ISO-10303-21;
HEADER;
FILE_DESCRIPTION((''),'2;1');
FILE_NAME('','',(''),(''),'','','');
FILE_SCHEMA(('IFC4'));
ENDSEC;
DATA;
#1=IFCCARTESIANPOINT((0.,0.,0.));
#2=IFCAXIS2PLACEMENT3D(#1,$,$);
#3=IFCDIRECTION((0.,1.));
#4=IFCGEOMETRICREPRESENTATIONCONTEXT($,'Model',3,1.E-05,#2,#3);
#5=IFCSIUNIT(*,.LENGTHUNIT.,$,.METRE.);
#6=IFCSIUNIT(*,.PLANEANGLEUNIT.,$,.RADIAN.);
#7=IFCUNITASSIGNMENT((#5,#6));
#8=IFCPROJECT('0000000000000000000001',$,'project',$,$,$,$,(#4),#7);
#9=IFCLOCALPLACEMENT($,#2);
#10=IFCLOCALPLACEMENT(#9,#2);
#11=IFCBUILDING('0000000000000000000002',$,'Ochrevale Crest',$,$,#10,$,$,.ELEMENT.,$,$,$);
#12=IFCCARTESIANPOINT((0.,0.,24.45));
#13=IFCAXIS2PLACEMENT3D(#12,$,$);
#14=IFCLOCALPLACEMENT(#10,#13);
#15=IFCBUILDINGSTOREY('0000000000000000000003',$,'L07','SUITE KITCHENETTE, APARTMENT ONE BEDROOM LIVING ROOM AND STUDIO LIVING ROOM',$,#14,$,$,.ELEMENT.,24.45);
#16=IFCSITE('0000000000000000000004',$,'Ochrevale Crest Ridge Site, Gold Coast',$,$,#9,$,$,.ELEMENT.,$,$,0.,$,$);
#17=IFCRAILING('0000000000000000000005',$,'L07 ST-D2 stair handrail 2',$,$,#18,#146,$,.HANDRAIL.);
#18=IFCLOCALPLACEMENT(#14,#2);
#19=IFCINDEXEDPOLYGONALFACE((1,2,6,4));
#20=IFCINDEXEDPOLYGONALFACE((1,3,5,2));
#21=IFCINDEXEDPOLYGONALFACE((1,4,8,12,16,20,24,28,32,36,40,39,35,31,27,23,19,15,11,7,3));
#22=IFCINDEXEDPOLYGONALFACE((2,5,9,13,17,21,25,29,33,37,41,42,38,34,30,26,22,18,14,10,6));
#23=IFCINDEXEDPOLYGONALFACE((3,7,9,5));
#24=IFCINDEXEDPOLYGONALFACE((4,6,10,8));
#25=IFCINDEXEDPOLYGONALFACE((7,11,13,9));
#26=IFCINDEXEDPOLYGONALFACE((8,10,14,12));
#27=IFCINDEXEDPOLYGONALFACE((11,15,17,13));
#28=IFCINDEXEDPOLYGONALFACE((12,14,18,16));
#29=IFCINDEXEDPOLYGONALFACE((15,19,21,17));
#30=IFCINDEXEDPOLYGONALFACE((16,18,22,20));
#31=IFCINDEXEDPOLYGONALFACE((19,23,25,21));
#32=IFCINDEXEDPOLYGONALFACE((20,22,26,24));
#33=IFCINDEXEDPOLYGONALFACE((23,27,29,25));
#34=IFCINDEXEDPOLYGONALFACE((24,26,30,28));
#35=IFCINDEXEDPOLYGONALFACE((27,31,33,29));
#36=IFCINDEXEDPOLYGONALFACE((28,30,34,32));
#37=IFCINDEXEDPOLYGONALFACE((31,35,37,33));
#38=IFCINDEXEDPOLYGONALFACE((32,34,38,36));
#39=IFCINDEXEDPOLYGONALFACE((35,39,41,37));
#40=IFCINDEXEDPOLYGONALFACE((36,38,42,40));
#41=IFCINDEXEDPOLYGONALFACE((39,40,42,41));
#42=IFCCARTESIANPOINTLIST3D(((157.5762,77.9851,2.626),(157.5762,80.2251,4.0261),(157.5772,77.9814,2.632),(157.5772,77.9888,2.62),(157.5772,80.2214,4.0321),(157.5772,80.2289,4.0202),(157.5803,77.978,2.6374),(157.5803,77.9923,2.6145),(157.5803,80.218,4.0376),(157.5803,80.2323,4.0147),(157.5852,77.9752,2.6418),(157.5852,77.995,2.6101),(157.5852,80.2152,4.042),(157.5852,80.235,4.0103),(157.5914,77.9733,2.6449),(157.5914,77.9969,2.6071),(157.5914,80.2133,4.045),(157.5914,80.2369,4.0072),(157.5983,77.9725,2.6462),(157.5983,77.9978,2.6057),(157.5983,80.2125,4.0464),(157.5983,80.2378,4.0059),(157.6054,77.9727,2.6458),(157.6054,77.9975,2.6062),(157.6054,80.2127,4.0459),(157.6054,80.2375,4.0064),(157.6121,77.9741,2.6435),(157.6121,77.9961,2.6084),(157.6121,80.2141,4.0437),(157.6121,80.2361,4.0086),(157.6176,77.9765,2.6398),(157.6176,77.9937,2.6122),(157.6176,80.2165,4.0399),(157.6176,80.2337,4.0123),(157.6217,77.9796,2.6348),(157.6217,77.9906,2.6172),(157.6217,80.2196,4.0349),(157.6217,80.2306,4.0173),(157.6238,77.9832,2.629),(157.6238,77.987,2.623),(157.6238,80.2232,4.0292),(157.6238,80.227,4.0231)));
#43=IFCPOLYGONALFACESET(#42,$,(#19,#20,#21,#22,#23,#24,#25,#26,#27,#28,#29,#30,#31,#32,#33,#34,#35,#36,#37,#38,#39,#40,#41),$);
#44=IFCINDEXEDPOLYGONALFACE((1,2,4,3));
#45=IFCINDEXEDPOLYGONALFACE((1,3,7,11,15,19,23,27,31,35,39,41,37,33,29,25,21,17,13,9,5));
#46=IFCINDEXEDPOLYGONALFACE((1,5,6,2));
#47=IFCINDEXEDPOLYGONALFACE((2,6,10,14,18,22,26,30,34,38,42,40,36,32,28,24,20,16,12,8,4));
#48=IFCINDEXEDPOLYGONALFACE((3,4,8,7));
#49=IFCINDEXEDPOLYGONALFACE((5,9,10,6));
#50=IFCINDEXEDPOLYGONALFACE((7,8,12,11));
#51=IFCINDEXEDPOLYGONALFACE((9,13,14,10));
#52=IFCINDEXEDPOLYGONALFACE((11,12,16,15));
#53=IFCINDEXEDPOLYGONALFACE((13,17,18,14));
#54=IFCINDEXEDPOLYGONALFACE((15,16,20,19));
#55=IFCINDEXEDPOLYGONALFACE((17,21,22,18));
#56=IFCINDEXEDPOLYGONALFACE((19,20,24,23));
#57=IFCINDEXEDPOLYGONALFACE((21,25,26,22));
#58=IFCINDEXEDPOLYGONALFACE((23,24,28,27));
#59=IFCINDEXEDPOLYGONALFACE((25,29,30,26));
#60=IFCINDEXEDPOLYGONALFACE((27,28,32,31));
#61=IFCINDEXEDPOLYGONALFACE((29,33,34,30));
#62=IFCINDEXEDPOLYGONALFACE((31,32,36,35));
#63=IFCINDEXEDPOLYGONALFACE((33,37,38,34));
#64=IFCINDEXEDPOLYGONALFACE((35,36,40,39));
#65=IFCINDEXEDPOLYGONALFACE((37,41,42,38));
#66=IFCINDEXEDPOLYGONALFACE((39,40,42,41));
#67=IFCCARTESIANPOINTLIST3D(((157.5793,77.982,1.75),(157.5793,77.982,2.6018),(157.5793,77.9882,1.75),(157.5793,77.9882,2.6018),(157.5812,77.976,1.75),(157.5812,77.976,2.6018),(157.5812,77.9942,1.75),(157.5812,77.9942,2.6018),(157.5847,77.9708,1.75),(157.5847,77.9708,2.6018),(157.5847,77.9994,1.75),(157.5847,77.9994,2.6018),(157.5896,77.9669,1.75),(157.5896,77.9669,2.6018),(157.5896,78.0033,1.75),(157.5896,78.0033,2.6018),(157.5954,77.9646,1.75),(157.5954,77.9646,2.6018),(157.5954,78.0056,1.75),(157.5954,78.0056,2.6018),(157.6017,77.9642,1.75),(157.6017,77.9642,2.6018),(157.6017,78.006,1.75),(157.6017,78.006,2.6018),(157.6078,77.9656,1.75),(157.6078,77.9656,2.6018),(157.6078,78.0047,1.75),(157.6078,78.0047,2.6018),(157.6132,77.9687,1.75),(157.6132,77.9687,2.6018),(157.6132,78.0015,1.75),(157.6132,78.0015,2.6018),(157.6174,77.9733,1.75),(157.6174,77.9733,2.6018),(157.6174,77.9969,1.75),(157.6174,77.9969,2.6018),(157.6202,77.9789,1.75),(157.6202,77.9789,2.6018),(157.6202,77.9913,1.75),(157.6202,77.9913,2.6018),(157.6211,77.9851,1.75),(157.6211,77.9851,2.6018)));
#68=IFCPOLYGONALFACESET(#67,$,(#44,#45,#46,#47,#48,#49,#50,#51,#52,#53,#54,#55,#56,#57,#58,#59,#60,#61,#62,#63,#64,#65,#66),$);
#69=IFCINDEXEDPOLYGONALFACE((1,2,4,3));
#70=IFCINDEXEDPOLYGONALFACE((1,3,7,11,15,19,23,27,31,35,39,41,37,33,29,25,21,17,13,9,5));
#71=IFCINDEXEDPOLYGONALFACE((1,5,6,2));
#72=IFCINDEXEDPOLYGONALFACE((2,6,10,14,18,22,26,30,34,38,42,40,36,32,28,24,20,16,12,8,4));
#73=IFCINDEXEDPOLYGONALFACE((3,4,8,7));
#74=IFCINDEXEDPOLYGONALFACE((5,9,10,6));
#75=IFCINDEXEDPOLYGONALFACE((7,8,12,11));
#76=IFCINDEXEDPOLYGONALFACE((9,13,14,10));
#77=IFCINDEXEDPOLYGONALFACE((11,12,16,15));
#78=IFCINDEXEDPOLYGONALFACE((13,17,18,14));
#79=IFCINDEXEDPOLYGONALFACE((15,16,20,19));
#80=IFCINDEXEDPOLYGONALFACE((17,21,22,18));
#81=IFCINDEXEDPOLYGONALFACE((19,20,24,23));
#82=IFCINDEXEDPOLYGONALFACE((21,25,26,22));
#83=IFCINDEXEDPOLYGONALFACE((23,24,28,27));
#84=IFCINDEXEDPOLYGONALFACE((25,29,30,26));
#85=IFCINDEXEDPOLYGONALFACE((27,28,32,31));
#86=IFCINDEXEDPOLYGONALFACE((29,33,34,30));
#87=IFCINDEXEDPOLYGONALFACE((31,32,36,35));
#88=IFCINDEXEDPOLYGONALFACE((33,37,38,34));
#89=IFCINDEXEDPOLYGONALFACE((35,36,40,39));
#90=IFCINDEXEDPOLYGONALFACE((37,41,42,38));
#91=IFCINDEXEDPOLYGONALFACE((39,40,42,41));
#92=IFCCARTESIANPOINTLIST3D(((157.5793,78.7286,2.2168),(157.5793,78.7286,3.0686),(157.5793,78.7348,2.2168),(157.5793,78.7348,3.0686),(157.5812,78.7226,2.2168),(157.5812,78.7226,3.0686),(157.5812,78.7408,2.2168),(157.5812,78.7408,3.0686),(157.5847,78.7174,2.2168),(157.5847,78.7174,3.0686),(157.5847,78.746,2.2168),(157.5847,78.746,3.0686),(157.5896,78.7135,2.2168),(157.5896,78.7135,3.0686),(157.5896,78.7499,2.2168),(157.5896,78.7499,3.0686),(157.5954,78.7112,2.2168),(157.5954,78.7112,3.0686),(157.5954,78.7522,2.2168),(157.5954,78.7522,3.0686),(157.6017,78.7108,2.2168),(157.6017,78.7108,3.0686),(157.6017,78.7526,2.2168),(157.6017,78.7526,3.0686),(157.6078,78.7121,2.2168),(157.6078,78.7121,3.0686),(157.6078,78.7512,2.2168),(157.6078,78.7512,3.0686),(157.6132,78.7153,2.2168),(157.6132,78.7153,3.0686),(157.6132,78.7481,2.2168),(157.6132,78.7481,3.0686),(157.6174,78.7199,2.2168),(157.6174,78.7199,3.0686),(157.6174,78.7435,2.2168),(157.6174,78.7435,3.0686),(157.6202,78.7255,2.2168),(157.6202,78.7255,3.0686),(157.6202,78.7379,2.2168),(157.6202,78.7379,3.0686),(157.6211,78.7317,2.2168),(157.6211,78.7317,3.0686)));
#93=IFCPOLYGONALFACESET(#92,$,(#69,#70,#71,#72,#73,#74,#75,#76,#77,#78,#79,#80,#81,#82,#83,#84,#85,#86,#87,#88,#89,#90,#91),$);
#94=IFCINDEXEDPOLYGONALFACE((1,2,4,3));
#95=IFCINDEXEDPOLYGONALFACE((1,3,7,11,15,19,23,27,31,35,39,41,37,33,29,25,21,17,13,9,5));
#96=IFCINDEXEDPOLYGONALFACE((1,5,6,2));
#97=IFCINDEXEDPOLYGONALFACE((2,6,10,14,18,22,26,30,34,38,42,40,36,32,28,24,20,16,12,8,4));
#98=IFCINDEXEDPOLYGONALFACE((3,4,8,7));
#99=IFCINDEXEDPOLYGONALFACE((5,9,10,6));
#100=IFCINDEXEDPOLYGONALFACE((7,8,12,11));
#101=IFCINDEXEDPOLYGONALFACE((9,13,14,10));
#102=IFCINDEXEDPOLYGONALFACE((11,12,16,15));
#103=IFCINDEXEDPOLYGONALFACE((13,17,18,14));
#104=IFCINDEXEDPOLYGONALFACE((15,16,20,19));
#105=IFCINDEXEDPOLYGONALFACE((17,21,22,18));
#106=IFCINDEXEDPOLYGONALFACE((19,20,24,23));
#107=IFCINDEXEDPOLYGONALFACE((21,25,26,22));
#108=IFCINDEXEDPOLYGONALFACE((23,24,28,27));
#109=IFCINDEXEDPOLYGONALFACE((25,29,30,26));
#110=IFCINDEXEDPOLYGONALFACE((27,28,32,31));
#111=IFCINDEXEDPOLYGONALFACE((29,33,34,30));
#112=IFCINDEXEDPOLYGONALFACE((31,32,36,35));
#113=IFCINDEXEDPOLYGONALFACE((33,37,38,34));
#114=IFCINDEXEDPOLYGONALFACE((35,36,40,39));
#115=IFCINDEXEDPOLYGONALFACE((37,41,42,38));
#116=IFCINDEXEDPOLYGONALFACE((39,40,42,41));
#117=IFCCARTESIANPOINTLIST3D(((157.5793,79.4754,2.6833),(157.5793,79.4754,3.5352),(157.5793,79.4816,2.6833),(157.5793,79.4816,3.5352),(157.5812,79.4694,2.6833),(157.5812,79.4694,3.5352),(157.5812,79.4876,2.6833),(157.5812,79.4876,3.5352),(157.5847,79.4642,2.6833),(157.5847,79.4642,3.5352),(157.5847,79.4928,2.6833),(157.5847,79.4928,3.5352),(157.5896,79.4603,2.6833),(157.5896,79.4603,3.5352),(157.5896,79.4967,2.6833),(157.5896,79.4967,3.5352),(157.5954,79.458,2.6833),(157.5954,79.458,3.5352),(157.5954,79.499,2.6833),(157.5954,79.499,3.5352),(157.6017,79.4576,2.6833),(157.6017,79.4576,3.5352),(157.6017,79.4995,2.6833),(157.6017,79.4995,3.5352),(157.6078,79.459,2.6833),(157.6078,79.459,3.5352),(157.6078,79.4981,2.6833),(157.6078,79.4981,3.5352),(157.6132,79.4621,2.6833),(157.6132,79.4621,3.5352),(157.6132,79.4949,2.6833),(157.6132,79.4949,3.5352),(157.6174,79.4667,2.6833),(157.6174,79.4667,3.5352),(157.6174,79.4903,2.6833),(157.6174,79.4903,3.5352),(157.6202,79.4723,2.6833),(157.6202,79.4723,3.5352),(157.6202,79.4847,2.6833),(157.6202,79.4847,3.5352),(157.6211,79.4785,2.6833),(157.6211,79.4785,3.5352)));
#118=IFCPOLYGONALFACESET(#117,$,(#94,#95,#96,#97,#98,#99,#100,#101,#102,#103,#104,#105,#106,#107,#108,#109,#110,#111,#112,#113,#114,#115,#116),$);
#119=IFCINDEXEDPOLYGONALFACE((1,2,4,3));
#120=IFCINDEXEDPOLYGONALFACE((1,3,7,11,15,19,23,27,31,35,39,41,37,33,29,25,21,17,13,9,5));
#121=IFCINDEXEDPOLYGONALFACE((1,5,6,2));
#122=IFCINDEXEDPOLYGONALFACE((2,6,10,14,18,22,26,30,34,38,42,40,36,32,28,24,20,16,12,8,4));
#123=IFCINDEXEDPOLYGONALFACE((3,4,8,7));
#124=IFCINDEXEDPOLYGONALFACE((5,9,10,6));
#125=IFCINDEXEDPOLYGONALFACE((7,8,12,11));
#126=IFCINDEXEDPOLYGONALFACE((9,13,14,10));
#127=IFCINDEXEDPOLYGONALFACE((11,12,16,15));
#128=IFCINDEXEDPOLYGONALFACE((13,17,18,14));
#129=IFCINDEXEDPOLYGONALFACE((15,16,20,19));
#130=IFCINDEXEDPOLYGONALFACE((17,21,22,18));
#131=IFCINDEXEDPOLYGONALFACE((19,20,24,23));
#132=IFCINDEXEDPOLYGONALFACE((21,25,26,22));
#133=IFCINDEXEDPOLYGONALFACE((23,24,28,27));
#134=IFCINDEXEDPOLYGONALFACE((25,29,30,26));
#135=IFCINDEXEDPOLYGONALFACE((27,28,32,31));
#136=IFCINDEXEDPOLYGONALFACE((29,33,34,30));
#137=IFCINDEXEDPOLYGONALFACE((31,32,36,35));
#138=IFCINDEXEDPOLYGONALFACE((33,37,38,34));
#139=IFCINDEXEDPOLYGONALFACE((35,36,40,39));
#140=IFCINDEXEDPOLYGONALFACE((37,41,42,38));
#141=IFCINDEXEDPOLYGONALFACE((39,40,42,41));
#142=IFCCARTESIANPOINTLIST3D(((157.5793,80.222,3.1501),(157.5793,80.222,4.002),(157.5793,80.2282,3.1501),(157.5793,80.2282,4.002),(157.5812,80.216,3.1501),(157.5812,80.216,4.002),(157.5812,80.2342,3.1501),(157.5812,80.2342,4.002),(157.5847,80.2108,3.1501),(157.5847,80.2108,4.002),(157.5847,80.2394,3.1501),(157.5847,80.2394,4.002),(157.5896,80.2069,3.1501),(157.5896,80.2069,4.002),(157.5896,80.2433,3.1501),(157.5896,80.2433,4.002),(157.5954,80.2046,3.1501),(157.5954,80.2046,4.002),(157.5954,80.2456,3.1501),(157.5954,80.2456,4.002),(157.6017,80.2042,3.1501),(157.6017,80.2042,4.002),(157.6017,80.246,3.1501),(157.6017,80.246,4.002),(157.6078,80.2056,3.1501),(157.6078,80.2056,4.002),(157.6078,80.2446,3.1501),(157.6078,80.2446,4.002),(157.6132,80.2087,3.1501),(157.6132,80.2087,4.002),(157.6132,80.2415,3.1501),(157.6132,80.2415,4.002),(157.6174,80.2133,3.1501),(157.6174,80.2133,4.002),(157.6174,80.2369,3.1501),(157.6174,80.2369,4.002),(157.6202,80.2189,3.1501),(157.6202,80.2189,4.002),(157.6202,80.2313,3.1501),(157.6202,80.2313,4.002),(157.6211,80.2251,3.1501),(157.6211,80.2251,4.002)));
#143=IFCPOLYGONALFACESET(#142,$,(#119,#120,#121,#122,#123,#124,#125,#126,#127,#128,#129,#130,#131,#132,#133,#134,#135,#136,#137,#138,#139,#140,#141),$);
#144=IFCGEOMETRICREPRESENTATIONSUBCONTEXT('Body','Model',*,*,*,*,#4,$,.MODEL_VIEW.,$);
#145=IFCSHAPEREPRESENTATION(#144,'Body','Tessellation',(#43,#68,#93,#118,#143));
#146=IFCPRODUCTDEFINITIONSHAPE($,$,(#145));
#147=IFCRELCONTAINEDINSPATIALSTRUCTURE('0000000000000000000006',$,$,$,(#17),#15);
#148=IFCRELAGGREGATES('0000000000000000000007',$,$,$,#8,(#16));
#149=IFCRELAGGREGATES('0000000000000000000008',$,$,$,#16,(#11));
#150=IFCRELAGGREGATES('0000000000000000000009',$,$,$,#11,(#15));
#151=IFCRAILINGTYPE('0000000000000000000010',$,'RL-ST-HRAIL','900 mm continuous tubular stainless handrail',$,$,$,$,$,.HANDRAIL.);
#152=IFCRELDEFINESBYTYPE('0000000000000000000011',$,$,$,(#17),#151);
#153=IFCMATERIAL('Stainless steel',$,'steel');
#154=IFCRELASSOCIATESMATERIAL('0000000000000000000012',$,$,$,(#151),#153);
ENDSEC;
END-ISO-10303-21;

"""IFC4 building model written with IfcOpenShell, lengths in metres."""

from ifc_helpers import new_model, si_unit, direction, frame, origin, origin_2d, place, context, subcontext, project, spatial, circle, extrude, material, type_object, element, save


model = new_model("IFC4")

# Units and contexts
model_context = context("Model", 3, precision=1e-05, world=origin(), true_north=direction((0.0, 1.0)))
body_context = subcontext(model_context, "Body", "Model", "MODEL_VIEW")
ifc_project = project(units=[si_unit("LENGTHUNIT", "METRE"), si_unit("PLANEANGLEUNIT", "RADIAN")], contexts=[model_context])

# Site, building, storey
site_placement = place(None, origin())
site = spatial("IfcSite", under=ifc_project, at=site_placement, Name="Ochrevale Crest Ridge Site, Gold Coast", CompositionType="ELEMENT", RefElevation=0.0)
building_placement = place(site_placement, origin())
building = spatial("IfcBuilding", under=site, at=building_placement, Name="Ochrevale Crest", CompositionType="ELEMENT")
storey_placement = place(building_placement, frame((0.0, 0.0, 24.45)))
storey = spatial("IfcBuildingStorey", under=building, at=storey_placement, Name="L07", Description="SUITE KITCHENETTE, APARTMENT ONE BEDROOM LIVING ROOM AND STUDIO LIVING ROOM", CompositionType="ELEMENT", Elevation=24.45)

# Railing
ifc_material_1 = material(Name="Stainless steel", Category="steel")
railing_type_1 = type_object("IfcRailingType", Name="RL-ST-HRAIL", Description="900 mm continuous tubular stainless handrail", PredefinedType="HANDRAIL", material=ifc_material_1)
railing_1_placement = place(storey_placement, frame((157.6001, 77.9851, 1.75)))
element("IfcRailing", 1, at=railing_1_placement, inside=storey, type_object=railing_type_1, Name="L07 ST-D2 stair handrail 2", PredefinedType="HANDRAIL", context=body_context, shape_type="SweptSolid", body=[
    extrude(circle(Radius=0.0239, at=origin_2d()), frame((0.0, 0.0, 0.876), z_axis=(0.0, 0.847972, 0.53004), x_axis=(-1.0, 0.0, 0.0)), (0.0, 0.0, 1.0), 2.6416),
    extrude(circle(Radius=0.021, at=origin_2d()), origin(), (0.0, 0.0, 1.0), 0.8518),
    extrude(circle(Radius=0.021, at=origin_2d()), frame((0.0, 0.7466, 0.4668)), (0.0, 0.0, 1.0), 0.8518),
    extrude(circle(Radius=0.021, at=origin_2d()), frame((0.0, 1.4934, 0.9333)), (0.0, 0.0, 1.0), 0.8518),
    extrude(circle(Radius=0.021, at=origin_2d()), frame((0.0, 2.24, 1.4001)), (0.0, 0.0, 1.0), 0.8518),
])

save(model, "model.ifc")
